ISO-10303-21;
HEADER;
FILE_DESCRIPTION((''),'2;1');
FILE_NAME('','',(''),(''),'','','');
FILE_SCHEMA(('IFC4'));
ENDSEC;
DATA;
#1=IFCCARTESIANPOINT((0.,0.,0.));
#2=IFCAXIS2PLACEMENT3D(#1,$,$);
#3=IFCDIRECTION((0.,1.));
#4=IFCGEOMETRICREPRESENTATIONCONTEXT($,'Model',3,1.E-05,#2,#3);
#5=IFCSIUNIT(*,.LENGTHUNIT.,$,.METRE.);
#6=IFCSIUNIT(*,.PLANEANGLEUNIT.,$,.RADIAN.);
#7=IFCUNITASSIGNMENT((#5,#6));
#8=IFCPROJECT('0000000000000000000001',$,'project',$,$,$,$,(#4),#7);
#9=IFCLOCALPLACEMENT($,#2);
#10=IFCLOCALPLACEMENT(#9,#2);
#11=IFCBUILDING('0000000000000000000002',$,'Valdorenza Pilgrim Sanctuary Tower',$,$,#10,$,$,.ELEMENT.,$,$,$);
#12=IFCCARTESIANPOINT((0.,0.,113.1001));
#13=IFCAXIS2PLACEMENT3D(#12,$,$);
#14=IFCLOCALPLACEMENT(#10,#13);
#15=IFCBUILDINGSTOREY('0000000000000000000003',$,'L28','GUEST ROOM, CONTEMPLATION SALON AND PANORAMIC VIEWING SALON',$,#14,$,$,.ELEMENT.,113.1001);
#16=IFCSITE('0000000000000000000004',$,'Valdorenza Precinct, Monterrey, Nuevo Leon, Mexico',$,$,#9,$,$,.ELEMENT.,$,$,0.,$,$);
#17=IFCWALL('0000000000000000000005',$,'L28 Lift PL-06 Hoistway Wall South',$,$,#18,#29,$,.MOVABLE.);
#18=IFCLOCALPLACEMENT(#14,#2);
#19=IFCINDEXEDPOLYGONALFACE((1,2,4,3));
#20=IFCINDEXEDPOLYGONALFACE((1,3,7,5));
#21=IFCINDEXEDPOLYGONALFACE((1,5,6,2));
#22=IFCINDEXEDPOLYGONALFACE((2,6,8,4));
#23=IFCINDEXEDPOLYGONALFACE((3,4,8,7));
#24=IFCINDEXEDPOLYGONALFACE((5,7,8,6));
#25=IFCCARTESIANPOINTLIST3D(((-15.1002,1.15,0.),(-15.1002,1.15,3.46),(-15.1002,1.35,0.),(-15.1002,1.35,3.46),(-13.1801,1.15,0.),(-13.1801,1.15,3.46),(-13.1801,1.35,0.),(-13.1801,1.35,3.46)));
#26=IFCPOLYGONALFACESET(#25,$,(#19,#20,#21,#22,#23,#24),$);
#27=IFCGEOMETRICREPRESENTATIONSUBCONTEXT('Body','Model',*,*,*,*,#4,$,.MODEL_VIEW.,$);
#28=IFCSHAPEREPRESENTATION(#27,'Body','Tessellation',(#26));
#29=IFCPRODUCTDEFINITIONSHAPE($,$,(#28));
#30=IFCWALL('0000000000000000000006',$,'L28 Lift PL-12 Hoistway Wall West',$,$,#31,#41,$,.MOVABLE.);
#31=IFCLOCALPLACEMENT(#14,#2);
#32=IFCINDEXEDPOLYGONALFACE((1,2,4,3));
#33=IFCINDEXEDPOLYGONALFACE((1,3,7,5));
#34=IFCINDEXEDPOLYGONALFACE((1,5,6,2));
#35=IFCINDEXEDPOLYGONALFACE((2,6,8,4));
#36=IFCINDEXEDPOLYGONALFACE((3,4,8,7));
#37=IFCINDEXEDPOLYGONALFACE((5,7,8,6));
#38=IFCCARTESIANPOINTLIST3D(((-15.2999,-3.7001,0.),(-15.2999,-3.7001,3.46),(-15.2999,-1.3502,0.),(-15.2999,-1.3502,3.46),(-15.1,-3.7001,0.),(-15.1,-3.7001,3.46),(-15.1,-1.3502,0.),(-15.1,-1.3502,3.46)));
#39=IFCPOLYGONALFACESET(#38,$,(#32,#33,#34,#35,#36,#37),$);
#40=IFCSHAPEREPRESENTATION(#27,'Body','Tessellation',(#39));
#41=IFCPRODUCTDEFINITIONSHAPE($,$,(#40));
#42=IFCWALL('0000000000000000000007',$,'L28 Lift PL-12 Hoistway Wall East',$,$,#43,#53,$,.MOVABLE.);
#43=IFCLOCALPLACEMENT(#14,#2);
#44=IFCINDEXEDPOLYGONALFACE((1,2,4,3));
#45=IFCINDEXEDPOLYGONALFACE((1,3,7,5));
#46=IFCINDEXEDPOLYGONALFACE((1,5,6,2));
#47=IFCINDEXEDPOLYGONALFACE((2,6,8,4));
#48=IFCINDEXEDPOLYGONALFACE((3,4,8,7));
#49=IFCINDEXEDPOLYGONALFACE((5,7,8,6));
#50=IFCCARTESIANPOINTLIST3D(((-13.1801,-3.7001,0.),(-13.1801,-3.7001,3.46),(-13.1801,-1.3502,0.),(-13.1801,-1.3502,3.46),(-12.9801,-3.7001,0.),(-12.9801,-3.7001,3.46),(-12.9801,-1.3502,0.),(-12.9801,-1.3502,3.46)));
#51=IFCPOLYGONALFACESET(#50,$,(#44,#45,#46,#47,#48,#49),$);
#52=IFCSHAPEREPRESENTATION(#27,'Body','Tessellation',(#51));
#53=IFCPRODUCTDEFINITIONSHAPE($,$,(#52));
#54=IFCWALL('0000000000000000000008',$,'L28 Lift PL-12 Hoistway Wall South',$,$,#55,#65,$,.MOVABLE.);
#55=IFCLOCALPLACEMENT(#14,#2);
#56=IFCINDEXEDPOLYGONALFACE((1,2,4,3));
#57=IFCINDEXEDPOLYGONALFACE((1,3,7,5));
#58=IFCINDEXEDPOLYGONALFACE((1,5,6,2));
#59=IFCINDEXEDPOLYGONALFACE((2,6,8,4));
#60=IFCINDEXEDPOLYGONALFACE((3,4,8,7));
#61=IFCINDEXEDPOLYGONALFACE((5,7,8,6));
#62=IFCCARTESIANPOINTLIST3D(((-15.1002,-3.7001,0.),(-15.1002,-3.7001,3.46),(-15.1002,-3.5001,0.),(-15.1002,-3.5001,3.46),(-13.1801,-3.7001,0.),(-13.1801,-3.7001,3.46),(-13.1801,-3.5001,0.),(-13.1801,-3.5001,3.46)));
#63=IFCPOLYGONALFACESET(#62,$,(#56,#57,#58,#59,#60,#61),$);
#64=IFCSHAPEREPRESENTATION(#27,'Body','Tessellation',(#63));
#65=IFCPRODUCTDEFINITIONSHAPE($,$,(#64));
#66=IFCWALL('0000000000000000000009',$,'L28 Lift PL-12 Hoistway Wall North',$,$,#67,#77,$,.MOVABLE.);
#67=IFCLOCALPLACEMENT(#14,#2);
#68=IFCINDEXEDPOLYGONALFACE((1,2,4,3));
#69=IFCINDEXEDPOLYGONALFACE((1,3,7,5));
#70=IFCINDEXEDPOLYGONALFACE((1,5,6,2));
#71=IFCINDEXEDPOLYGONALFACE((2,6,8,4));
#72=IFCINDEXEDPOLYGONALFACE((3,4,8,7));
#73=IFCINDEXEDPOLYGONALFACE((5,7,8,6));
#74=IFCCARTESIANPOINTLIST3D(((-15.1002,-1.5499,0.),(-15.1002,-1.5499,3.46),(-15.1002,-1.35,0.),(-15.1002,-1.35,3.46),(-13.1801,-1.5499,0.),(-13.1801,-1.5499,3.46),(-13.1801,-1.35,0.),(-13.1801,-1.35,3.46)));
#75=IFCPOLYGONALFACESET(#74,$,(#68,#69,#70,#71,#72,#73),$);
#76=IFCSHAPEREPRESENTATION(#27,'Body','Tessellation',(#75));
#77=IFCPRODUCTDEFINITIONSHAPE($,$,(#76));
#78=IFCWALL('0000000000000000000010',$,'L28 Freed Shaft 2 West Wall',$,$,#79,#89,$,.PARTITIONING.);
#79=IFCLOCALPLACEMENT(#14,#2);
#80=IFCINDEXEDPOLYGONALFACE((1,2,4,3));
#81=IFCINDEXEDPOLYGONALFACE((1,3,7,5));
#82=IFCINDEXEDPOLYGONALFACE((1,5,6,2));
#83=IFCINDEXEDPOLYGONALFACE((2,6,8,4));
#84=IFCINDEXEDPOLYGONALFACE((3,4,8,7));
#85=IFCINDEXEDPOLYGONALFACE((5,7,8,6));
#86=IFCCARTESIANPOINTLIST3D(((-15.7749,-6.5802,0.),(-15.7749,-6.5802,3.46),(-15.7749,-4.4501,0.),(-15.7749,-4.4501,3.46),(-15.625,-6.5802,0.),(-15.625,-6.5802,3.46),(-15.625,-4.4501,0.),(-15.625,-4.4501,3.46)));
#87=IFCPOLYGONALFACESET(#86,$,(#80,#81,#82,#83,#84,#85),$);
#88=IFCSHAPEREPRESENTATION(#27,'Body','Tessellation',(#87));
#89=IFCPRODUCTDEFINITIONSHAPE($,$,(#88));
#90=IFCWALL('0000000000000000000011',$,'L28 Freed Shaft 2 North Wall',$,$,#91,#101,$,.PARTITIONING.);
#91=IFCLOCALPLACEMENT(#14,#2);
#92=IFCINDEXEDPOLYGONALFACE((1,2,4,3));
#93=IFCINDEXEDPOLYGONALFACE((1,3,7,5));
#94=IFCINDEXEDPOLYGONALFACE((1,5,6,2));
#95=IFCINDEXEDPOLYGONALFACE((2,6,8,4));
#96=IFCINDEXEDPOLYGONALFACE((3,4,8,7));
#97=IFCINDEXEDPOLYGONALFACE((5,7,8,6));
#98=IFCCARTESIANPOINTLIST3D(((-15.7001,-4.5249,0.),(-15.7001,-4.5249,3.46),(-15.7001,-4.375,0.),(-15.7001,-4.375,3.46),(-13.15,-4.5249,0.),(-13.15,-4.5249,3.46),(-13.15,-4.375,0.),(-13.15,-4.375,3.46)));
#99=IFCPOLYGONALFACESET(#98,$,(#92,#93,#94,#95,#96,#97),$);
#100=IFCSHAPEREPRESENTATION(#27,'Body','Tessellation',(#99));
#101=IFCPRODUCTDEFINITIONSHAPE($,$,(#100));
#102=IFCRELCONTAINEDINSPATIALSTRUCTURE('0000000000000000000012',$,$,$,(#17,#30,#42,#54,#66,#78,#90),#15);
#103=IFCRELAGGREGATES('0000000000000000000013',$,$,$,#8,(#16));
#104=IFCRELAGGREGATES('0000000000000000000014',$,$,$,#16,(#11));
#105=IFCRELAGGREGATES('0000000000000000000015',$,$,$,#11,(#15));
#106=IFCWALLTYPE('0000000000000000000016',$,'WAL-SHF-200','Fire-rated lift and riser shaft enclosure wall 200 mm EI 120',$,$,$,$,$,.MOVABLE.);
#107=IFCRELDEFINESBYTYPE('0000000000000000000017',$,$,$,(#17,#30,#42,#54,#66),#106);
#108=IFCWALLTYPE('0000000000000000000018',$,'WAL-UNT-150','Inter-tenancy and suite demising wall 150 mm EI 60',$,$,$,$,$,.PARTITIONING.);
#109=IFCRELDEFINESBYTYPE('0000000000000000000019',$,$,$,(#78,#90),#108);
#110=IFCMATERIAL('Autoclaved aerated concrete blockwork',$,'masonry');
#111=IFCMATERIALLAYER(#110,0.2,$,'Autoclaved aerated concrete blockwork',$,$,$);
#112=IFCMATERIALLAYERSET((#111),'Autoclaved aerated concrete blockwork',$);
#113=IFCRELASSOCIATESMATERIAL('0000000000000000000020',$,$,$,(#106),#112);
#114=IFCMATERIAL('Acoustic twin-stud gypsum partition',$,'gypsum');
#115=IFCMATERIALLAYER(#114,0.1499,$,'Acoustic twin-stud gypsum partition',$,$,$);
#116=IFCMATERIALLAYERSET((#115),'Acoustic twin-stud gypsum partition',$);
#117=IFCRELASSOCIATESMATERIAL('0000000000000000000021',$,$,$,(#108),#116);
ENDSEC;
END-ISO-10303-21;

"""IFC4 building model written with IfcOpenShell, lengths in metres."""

from ifc_helpers import new_model, si_unit, direction, frame, frame_2d, origin, place, context, subcontext, project, spatial, rectangle, extrude, material, layer, layer_set, type_object, element, save


model = new_model("IFC4")

# Units and contexts
model_context = context("Model", 3, precision=1e-05, world=origin(), true_north=direction((0.0, 1.0)))
body_context = subcontext(model_context, "Body", "Model", "MODEL_VIEW")
ifc_project = project(units=[si_unit("LENGTHUNIT", "METRE"), si_unit("PLANEANGLEUNIT", "RADIAN")], contexts=[model_context])

# Site, building, storey
site_placement = place(None, origin())
site = spatial("IfcSite", under=ifc_project, at=site_placement, Name="Valdorenza Precinct, Monterrey, Nuevo Leon, Mexico", CompositionType="ELEMENT", RefElevation=0.0)
building_placement = place(site_placement, origin())
building = spatial("IfcBuilding", under=site, at=building_placement, Name="Valdorenza Pilgrim Sanctuary Tower", CompositionType="ELEMENT")
storey_placement = place(building_placement, frame((0.0, 0.0, 113.1001)))
storey = spatial("IfcBuildingStorey", under=building, at=storey_placement, Name="L28", Description="GUEST ROOM, CONTEMPLATION SALON AND PANORAMIC VIEWING SALON", CompositionType="ELEMENT", Elevation=113.1001)

# Shared definitions
ifc_material_1 = material(Name="Acoustic twin-stud gypsum partition", Category="gypsum")

# Shared definitions
ifc_material_2 = material(Name="Autoclaved aerated concrete blockwork", Category="masonry")
ifc_layer_1 = layer(ifc_material_2, 0.2, Name="Autoclaved aerated concrete blockwork")
ifc_layer_set_1 = layer_set([ifc_layer_1], Name="Autoclaved aerated concrete blockwork")
wall_type_1 = type_object("IfcWallType", Name="WAL-SHF-200", Description="Fire-rated lift and riser shaft enclosure wall 200 mm EI 120", PredefinedType="MOVABLE", material=ifc_layer_set_1)

# Walls
wall_1_placement = place(storey_placement, frame((-15.1001, 1.25, 0.0), z_axis=(0.0, 0.0, 1.0), x_axis=(1.0, 0.0, 0.0)))
element("IfcWall", 1, at=wall_1_placement, inside=storey, type_object=wall_type_1, Name="L28 Lift PL-06 Hoistway Wall South", PredefinedType="MOVABLE", context=body_context, shape_type="SweptSolid", body=[
    extrude(rectangle(XDim=1.9202, YDim=0.2, at=frame_2d((0.96, 0.0))), origin(), (0.0, 0.0, 1.0), 3.46),
])
for number, where, z_axis, x_axis, name in (
    (2, (-15.2, -3.7, 0.0), (0.0, 0.0, 1.0), (0.0, 1.0, 0.0), "L28 Lift PL-12 Hoistway Wall West"),
    (3, (-13.0801, -3.7, 0.0), (0.0, 0.0, 1.0), (0.0, 1.0, 0.0), "L28 Lift PL-12 Hoistway Wall East"),
):
    element("IfcWall", number, at=place(storey_placement, frame(where, z_axis=z_axis, x_axis=x_axis)), inside=storey, type_object=wall_type_1, Name=name, PredefinedType="MOVABLE", context=body_context, shape_type="SweptSolid", body=[
        extrude(rectangle(XDim=2.3499, YDim=0.2, at=frame_2d((1.1748, 0.0))), origin(), (0.0, 0.0, 1.0), 3.46),
    ])
for number, where, z_axis, x_axis, name in (
    (4, (-15.1001, -3.6001, 0.0), (0.0, 0.0, 1.0), (1.0, 0.0, 0.0), "L28 Lift PL-12 Hoistway Wall South"),
    (5, (-15.1001, -1.45, 0.0), (0.0, 0.0, 1.0), (1.0, 0.0, 0.0), "L28 Lift PL-12 Hoistway Wall North"),
):
    element("IfcWall", number, at=place(storey_placement, frame(where, z_axis=z_axis, x_axis=x_axis)), inside=storey, type_object=wall_type_1, Name=name, PredefinedType="MOVABLE", context=body_context, shape_type="SweptSolid", body=[
        extrude(rectangle(XDim=1.9202, YDim=0.2, at=frame_2d((0.96, 0.0))), origin(), (0.0, 0.0, 1.0), 3.46),
    ])
ifc_layer_2 = layer(ifc_material_1, 0.1499, Name="Acoustic twin-stud gypsum partition")
ifc_layer_set_2 = layer_set([ifc_layer_2], Name="Acoustic twin-stud gypsum partition")
wall_type_2 = type_object("IfcWallType", Name="WAL-UNT-150", Description="Inter-tenancy and suite demising wall 150 mm EI 60", PredefinedType="PARTITIONING", material=ifc_layer_set_2)
wall_2_placement = place(storey_placement, frame((-15.7, -6.5801, 0.0), z_axis=(0.0, 0.0, 1.0), x_axis=(0.0, 1.0, 0.0)))
element("IfcWall", 6, at=wall_2_placement, inside=storey, type_object=wall_type_2, Name="L28 Freed Shaft 2 West Wall", PredefinedType="PARTITIONING", context=body_context, shape_type="SweptSolid", body=[
    extrude(rectangle(XDim=2.1301, YDim=0.1499, at=frame_2d((1.0649, 0.0))), origin(), (0.0, 0.0, 1.0), 3.46),
])
wall_3_placement = place(storey_placement, frame((-15.7, -4.45, 0.0), z_axis=(0.0, 0.0, 1.0), x_axis=(1.0, 0.0, 0.0)))
element("IfcWall", 7, at=wall_3_placement, inside=storey, type_object=wall_type_2, Name="L28 Freed Shaft 2 North Wall", PredefinedType="PARTITIONING", context=body_context, shape_type="SweptSolid", body=[
    extrude(rectangle(XDim=2.55, YDim=0.1499, at=frame_2d((1.2749, 0.0))), origin(), (0.0, 0.0, 1.0), 3.46),
])

save(model, "model.ifc")
